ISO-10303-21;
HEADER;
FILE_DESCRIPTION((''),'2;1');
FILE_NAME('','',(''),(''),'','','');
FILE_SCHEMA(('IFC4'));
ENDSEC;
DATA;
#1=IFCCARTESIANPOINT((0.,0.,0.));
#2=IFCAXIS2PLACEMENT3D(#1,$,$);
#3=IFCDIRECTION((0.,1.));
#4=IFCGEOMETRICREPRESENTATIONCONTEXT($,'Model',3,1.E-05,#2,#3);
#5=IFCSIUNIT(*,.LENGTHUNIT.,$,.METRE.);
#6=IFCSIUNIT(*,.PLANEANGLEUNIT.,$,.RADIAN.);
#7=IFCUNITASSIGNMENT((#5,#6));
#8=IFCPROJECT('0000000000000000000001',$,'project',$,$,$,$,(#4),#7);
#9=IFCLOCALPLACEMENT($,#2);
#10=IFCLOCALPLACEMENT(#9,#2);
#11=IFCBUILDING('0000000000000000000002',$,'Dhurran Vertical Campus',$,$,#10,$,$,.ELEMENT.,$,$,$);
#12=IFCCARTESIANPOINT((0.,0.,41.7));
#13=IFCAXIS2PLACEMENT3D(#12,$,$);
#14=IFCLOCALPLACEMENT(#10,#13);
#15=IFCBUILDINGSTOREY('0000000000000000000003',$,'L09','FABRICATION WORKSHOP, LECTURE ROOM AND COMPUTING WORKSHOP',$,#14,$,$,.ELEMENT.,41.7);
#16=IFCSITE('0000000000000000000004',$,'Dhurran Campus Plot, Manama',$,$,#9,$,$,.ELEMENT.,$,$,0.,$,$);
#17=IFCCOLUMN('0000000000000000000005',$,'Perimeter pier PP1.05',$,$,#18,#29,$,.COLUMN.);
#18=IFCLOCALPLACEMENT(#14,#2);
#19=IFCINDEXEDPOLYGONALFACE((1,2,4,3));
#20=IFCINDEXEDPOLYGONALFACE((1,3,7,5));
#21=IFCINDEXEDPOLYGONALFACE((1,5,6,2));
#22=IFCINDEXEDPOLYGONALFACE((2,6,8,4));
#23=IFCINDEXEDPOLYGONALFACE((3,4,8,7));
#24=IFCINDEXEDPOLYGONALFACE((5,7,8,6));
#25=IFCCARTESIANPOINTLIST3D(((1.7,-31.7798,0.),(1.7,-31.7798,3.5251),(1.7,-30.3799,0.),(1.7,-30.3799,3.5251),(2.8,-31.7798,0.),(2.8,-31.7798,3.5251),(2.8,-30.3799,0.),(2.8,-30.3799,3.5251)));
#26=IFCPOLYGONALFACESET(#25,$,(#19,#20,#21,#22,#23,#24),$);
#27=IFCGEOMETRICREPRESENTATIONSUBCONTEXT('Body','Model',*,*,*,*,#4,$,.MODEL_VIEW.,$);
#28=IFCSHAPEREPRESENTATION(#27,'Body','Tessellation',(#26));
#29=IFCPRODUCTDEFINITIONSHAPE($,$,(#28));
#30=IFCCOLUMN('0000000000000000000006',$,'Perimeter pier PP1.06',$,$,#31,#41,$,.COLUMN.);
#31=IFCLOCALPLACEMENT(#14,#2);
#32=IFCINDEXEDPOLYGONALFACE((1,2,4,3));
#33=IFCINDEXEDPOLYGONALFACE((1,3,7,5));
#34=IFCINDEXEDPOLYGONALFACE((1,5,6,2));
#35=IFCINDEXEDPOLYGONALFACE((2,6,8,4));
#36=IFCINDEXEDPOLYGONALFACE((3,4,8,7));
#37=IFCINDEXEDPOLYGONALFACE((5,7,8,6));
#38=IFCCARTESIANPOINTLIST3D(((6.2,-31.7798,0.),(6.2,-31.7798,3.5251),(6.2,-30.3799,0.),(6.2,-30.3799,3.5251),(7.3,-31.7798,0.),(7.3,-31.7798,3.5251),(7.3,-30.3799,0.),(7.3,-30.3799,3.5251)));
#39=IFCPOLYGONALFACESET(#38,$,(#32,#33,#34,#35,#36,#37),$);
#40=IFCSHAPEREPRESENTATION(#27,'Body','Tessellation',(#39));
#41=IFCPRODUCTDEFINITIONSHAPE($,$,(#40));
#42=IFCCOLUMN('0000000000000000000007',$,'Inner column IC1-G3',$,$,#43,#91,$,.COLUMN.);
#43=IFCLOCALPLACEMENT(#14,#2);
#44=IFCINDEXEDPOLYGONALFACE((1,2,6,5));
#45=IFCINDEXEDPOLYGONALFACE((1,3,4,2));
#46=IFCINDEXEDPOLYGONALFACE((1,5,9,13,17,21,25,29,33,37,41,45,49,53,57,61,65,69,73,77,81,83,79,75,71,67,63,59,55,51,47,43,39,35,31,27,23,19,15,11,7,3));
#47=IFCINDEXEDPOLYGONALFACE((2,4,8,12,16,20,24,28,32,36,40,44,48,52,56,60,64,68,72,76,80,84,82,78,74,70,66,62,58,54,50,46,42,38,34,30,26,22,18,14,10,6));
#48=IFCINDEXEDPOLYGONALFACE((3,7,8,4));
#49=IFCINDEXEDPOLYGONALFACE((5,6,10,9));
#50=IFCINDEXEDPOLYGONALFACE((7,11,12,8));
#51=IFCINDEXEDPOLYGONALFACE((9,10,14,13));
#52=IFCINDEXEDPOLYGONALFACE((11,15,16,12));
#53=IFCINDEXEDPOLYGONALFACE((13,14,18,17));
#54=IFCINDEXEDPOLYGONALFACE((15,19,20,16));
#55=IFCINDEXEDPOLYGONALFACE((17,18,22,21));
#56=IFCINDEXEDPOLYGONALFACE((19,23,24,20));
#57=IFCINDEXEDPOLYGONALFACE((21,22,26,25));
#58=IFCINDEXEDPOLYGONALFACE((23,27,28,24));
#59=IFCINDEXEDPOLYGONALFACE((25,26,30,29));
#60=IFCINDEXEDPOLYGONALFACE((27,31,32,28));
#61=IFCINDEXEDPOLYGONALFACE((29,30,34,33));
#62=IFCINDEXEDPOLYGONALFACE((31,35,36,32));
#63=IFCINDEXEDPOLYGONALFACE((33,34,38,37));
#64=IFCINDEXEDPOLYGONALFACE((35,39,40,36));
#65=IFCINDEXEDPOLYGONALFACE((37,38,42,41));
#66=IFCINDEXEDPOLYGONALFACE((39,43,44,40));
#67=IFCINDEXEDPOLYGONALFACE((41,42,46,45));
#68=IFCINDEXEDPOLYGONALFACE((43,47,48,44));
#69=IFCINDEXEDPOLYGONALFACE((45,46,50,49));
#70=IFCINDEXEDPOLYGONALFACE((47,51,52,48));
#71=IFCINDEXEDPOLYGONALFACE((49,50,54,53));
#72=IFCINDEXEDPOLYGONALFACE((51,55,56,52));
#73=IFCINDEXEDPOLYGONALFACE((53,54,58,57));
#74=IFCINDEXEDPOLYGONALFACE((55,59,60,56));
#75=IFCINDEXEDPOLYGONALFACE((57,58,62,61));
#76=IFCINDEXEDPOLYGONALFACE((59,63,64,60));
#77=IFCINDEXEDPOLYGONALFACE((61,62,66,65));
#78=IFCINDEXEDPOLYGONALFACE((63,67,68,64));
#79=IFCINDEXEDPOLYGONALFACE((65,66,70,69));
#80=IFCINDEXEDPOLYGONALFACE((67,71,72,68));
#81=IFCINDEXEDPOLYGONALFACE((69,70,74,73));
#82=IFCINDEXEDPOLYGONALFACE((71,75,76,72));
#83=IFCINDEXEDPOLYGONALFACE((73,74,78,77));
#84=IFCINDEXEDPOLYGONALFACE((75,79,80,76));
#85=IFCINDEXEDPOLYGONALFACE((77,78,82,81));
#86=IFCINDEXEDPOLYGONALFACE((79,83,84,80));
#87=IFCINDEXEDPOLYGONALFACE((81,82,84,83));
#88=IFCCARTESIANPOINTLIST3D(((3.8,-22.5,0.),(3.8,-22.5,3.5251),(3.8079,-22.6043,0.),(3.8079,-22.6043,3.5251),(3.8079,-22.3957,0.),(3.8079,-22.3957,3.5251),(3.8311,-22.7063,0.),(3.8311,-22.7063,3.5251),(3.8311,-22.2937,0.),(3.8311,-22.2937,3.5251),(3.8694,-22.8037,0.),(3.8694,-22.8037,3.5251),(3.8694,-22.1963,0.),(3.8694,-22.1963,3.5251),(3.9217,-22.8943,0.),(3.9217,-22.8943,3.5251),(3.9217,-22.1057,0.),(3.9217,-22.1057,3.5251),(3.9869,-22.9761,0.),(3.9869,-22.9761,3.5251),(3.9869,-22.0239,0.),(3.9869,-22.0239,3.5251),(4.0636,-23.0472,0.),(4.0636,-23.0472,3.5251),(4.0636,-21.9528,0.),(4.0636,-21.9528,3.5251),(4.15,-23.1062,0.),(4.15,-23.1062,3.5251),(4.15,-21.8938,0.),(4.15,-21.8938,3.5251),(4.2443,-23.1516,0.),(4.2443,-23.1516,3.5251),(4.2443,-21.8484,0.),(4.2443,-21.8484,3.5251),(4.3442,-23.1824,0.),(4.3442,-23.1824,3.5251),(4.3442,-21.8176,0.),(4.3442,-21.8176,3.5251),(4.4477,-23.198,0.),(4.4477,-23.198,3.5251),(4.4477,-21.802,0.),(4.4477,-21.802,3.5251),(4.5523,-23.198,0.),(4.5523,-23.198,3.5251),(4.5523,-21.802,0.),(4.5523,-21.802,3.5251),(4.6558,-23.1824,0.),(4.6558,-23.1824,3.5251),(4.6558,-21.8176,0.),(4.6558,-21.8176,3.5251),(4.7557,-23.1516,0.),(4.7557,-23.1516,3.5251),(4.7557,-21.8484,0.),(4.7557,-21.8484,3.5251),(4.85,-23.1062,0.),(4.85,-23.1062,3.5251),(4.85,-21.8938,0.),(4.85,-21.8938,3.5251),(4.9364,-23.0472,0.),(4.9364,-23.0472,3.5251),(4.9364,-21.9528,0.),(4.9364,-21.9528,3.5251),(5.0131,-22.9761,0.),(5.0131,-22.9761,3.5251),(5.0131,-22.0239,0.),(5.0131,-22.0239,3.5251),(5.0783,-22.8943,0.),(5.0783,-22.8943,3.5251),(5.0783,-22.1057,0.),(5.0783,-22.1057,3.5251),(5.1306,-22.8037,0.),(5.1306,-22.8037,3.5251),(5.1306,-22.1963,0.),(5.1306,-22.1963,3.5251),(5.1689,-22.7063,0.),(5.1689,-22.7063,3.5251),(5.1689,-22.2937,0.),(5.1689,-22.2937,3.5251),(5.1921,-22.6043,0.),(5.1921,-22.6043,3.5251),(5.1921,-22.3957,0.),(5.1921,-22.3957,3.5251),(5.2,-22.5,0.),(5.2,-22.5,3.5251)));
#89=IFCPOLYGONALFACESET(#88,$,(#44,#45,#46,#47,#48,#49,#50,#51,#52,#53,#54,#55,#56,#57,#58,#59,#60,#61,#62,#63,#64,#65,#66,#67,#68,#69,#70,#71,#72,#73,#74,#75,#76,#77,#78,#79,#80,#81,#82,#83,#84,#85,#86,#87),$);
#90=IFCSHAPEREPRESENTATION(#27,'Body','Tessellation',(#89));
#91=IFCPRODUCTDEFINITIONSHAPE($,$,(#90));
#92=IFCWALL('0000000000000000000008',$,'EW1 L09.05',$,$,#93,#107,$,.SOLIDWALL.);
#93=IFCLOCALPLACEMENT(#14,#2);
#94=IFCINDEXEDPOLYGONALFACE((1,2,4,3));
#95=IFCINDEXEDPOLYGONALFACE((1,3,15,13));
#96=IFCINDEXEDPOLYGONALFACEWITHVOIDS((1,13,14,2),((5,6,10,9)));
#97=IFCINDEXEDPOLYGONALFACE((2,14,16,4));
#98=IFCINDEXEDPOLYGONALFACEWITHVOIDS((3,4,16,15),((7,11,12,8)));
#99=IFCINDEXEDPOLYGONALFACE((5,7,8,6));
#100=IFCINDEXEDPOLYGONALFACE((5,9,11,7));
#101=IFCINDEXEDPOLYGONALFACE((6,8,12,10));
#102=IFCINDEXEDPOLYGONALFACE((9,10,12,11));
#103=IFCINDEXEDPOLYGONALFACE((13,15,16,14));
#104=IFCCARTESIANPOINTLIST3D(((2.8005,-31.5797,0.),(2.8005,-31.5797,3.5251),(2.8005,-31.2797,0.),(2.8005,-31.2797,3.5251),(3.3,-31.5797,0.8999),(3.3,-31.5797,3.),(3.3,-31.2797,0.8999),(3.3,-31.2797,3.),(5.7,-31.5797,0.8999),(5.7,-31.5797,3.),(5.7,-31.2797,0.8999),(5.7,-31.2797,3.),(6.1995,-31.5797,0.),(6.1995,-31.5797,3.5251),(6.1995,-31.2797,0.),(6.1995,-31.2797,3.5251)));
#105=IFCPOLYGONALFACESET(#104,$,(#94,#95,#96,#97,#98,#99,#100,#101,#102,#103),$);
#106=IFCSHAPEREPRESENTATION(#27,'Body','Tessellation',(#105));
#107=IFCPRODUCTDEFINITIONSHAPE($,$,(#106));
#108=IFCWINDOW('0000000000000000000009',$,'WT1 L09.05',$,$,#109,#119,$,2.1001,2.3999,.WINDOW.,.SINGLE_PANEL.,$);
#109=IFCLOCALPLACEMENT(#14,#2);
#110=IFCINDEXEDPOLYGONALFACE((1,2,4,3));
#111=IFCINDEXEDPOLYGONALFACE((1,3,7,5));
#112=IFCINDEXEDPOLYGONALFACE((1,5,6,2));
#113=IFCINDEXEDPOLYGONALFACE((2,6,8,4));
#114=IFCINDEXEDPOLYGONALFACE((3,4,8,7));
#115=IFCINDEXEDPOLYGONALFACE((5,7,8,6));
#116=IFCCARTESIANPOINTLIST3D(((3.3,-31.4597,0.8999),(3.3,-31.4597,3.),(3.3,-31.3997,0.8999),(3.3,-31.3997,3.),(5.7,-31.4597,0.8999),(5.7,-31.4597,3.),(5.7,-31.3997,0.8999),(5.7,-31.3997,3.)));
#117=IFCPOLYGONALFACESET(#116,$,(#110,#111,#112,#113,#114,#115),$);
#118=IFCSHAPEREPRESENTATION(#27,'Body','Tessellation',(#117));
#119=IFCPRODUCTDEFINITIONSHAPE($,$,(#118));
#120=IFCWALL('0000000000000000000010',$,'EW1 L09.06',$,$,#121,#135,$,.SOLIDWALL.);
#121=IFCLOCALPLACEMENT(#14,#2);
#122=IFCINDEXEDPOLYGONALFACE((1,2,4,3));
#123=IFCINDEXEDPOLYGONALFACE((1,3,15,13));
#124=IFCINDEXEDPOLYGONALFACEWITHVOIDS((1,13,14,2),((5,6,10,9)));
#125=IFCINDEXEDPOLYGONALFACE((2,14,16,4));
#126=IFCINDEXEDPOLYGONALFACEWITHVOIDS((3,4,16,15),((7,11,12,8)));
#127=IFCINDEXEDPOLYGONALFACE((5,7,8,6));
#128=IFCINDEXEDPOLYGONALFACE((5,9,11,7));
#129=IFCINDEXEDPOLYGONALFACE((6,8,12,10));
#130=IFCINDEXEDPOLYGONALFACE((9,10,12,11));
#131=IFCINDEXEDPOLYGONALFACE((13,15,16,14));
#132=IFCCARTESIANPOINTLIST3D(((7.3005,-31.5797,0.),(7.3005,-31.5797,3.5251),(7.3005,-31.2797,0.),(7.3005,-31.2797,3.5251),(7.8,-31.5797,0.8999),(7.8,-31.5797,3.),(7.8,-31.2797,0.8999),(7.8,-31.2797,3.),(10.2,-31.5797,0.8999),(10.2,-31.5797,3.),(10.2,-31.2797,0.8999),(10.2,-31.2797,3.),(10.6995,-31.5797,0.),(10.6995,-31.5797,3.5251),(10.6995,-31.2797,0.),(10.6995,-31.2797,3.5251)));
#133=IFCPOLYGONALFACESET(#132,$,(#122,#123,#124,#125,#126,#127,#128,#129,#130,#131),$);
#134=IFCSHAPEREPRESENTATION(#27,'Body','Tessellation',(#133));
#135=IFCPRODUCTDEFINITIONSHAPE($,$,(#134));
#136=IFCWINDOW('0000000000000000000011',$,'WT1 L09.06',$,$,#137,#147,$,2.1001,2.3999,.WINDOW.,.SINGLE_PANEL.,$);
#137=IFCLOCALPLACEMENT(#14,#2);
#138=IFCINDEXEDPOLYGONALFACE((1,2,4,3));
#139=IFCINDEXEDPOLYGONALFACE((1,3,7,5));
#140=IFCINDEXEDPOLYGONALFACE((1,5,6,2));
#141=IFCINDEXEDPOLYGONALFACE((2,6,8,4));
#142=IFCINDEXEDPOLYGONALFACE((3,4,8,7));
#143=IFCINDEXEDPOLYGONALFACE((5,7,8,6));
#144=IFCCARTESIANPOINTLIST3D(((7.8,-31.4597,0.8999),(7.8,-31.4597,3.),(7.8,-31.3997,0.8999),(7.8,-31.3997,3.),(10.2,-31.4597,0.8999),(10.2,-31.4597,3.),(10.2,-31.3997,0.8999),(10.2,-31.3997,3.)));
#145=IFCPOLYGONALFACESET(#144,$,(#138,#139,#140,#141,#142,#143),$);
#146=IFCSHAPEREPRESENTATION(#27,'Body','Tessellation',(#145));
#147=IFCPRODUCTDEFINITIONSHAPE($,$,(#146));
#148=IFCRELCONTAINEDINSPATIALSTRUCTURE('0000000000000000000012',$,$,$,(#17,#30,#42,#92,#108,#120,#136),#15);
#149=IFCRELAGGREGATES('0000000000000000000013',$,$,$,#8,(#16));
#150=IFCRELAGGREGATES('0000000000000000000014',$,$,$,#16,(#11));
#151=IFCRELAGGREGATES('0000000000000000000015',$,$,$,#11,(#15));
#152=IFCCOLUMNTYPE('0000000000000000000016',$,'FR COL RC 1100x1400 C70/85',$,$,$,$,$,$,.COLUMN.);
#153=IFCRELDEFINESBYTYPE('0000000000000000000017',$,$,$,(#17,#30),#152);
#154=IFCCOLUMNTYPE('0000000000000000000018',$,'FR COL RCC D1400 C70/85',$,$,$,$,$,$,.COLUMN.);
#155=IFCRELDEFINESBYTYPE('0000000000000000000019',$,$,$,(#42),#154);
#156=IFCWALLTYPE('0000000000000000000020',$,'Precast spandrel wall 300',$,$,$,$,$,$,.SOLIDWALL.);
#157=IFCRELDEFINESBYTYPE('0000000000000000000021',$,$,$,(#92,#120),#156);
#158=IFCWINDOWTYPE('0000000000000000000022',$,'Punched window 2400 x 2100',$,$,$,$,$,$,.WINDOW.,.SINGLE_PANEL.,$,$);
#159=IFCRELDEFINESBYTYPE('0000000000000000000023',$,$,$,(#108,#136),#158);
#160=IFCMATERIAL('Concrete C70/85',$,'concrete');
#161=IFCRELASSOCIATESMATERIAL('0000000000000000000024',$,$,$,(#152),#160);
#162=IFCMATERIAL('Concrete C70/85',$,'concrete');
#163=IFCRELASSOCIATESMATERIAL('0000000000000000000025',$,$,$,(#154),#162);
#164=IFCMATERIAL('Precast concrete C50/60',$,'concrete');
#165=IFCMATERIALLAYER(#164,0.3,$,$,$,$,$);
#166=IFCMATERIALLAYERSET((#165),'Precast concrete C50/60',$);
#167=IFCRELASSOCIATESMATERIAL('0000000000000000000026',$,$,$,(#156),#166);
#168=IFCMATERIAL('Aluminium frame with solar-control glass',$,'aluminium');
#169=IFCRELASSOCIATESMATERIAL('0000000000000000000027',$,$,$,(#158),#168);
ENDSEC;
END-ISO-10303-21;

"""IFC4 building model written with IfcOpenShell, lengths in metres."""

from ifc_helpers import new_model, si_unit, direction, frame, frame_2d, origin, origin_2d, place, context, subcontext, project, spatial, rectangle, circle, extrude, material, layer, layer_set, material_profile, profile_set, type_object, element, fill, save


model = new_model("IFC4")

# Units and contexts
model_context = context("Model", 3, precision=1e-05, world=origin(), true_north=direction((0.0, 1.0)))
body_context = subcontext(model_context, "Body", "Model", "MODEL_VIEW")
ifc_project = project(units=[si_unit("LENGTHUNIT", "METRE"), si_unit("PLANEANGLEUNIT", "RADIAN")], contexts=[model_context])

# Site, building, storey
site_placement = place(None, origin())
site = spatial("IfcSite", under=ifc_project, at=site_placement, Name="Dhurran Campus Plot, Manama", CompositionType="ELEMENT", RefElevation=0.0)
building_placement = place(site_placement, origin())
building = spatial("IfcBuilding", under=site, at=building_placement, Name="Dhurran Vertical Campus", CompositionType="ELEMENT")
storey_placement = place(building_placement, frame((0.0, 0.0, 41.7)))
storey = spatial("IfcBuildingStorey", under=building, at=storey_placement, Name="L09", Description="FABRICATION WORKSHOP, LECTURE ROOM AND COMPUTING WORKSHOP", CompositionType="ELEMENT", Elevation=41.7)

# Columns
ifc_material_1 = material(Name="Concrete C70/85", Category="concrete")
ifc_material_profile_1 = material_profile(ifc_material_1, rectangle(XDim=1.1001, YDim=1.3999, at=origin_2d()), Name="RC 1100x1400")
ifc_profile_set_1 = profile_set([ifc_material_profile_1], Name="Concrete C70/85")
column_type_1 = type_object("IfcColumnType", Name="FR COL RC 1100x1400 C70/85", PredefinedType="COLUMN", material=ifc_profile_set_1)
for number, where, z_axis, x_axis, name in (
    (1, (2.25, -31.0798, 0.0), (0.0, 0.0, 1.0), (1.0, 0.0, 0.0), "Perimeter pier PP1.05"),
    (2, (6.75, -31.0798, 0.0), (0.0, 0.0, 1.0), (1.0, 0.0, 0.0), "Perimeter pier PP1.06"),
):
    element("IfcColumn", number, at=place(storey_placement, frame(where, z_axis=z_axis, x_axis=x_axis)), inside=storey, type_object=column_type_1, Name=name, PredefinedType="COLUMN", context=body_context, shape_type="SweptSolid", body=[
        extrude(rectangle(XDim=1.1001, YDim=1.3999, at=origin_2d()), origin(), (0.0, 0.0, 1.0), 3.5251),
    ])
ifc_material_2 = material(Name="Concrete C70/85", Category="concrete")
ifc_material_profile_2 = material_profile(ifc_material_2, circle(Radius=0.7, at=origin_2d()), Name="RCC D1400")
ifc_profile_set_2 = profile_set([ifc_material_profile_2], Name="Concrete C70/85")
column_type_2 = type_object("IfcColumnType", Name="FR COL RCC D1400 C70/85", PredefinedType="COLUMN", material=ifc_profile_set_2)
column_placement = place(storey_placement, frame((4.5, -22.5, 0.0), z_axis=(0.0, 0.0, 1.0), x_axis=(1.0, 0.0, 0.0)))
element("IfcColumn", 3, at=column_placement, inside=storey, type_object=column_type_2, Name="Inner column IC1-G3", PredefinedType="COLUMN", context=body_context, shape_type="SweptSolid", body=[
    extrude(circle(Radius=0.7, at=origin_2d()), origin(), (0.0, 0.0, 1.0), 3.5251),
])

# Walls, openings, windows
ifc_material_3 = material(Name="Precast concrete C50/60", Category="concrete")
ifc_layer_1 = layer(ifc_material_3, 0.3)
ifc_layer_set_1 = layer_set([ifc_layer_1], Name="Precast concrete C50/60")
wall_type_1 = type_object("IfcWallType", Name="Precast spandrel wall 300", PredefinedType="SOLIDWALL", material=ifc_layer_set_1)
wall_1_placement = place(storey_placement, frame((2.8005, -31.4297, 0.0), z_axis=(0.0, 0.0, 1.0), x_axis=(1.0, 0.0, 0.0)))
wall_1 = element("IfcWall", 4, at=wall_1_placement, inside=storey, type_object=wall_type_1, Name="EW1 L09.05", PredefinedType="SOLIDWALL", context=body_context, shape_type="SweptSolid", body=[
    extrude(rectangle(XDim=3.3989, YDim=0.3, at=frame_2d((1.6995, 0.0))), origin(), (0.0, 0.0, 1.0), 3.5251),
])
opening_1_placement = place(wall_1_placement, frame((0.4995, 0.0, 0.8999)))
opening_1 = element("IfcOpeningElement", 5, at=opening_1_placement, cuts=wall_1, PredefinedType="OPENING", context=body_context, shape_type="SweptSolid", body=[
    extrude(rectangle(XDim=2.3999, YDim=2.1001, at=frame_2d((1.2, 1.05))), frame((0.0, 0.1599, 0.0), z_axis=(0.0, -1.0, 0.0), x_axis=(1.0, 0.0, 0.0)), (0.0, 0.0, 1.0), 0.3201),
])
ifc_material_4 = material(Name="Aluminium frame with solar-control glass", Category="aluminium")
window_type = type_object("IfcWindowType", Name="Punched window 2400 x 2100", PartitioningType="SINGLE_PANEL", PredefinedType="WINDOW", material=ifc_material_4)
window_1_placement = place(opening_1_placement, origin())
window_1 = element("IfcWindow", 6, at=window_1_placement, inside=storey, type_object=window_type, Name="WT1 L09.05", OverallHeight=2.1001, OverallWidth=2.3999, PartitioningType="SINGLE_PANEL", PredefinedType="WINDOW", context=body_context, shape_type="SweptSolid", body=[
    extrude(rectangle(XDim=2.3999, YDim=2.1001, at=frame_2d((1.2, 1.05))), frame((0.0, 0.03, 0.0), z_axis=(0.0, -1.0, 0.0), x_axis=(1.0, 0.0, 0.0)), (0.0, 0.0, 1.0), 0.0601),
])
fill(opening_1, window_1)
wall_2_placement = place(storey_placement, frame((7.3005, -31.4297, 0.0), z_axis=(0.0, 0.0, 1.0), x_axis=(1.0, 0.0, 0.0)))
wall_2 = element("IfcWall", 7, at=wall_2_placement, inside=storey, type_object=wall_type_1, Name="EW1 L09.06", PredefinedType="SOLIDWALL", context=body_context, shape_type="SweptSolid", body=[
    extrude(rectangle(XDim=3.3989, YDim=0.3, at=frame_2d((1.6995, 0.0))), origin(), (0.0, 0.0, 1.0), 3.5251),
])
opening_2_placement = place(wall_2_placement, frame((0.4995, 0.0, 0.8999)))
opening_2 = element("IfcOpeningElement", 8, at=opening_2_placement, cuts=wall_2, PredefinedType="OPENING", context=body_context, shape_type="SweptSolid", body=[
    extrude(rectangle(XDim=2.3999, YDim=2.1001, at=frame_2d((1.2, 1.05))), frame((0.0, 0.1599, 0.0), z_axis=(0.0, -1.0, 0.0), x_axis=(1.0, 0.0, 0.0)), (0.0, 0.0, 1.0), 0.3201),
])
window_2_placement = place(opening_2_placement, origin())
window_2 = element("IfcWindow", 9, at=window_2_placement, inside=storey, type_object=window_type, Name="WT1 L09.06", OverallHeight=2.1001, OverallWidth=2.3999, PartitioningType="SINGLE_PANEL", PredefinedType="WINDOW", context=body_context, shape_type="SweptSolid", body=[
    extrude(rectangle(XDim=2.3999, YDim=2.1001, at=frame_2d((1.2, 1.05))), frame((0.0, 0.03, 0.0), z_axis=(0.0, -1.0, 0.0), x_axis=(1.0, 0.0, 0.0)), (0.0, 0.0, 1.0), 0.0601),
])
fill(opening_2, window_2)

save(model, "model.ifc")
